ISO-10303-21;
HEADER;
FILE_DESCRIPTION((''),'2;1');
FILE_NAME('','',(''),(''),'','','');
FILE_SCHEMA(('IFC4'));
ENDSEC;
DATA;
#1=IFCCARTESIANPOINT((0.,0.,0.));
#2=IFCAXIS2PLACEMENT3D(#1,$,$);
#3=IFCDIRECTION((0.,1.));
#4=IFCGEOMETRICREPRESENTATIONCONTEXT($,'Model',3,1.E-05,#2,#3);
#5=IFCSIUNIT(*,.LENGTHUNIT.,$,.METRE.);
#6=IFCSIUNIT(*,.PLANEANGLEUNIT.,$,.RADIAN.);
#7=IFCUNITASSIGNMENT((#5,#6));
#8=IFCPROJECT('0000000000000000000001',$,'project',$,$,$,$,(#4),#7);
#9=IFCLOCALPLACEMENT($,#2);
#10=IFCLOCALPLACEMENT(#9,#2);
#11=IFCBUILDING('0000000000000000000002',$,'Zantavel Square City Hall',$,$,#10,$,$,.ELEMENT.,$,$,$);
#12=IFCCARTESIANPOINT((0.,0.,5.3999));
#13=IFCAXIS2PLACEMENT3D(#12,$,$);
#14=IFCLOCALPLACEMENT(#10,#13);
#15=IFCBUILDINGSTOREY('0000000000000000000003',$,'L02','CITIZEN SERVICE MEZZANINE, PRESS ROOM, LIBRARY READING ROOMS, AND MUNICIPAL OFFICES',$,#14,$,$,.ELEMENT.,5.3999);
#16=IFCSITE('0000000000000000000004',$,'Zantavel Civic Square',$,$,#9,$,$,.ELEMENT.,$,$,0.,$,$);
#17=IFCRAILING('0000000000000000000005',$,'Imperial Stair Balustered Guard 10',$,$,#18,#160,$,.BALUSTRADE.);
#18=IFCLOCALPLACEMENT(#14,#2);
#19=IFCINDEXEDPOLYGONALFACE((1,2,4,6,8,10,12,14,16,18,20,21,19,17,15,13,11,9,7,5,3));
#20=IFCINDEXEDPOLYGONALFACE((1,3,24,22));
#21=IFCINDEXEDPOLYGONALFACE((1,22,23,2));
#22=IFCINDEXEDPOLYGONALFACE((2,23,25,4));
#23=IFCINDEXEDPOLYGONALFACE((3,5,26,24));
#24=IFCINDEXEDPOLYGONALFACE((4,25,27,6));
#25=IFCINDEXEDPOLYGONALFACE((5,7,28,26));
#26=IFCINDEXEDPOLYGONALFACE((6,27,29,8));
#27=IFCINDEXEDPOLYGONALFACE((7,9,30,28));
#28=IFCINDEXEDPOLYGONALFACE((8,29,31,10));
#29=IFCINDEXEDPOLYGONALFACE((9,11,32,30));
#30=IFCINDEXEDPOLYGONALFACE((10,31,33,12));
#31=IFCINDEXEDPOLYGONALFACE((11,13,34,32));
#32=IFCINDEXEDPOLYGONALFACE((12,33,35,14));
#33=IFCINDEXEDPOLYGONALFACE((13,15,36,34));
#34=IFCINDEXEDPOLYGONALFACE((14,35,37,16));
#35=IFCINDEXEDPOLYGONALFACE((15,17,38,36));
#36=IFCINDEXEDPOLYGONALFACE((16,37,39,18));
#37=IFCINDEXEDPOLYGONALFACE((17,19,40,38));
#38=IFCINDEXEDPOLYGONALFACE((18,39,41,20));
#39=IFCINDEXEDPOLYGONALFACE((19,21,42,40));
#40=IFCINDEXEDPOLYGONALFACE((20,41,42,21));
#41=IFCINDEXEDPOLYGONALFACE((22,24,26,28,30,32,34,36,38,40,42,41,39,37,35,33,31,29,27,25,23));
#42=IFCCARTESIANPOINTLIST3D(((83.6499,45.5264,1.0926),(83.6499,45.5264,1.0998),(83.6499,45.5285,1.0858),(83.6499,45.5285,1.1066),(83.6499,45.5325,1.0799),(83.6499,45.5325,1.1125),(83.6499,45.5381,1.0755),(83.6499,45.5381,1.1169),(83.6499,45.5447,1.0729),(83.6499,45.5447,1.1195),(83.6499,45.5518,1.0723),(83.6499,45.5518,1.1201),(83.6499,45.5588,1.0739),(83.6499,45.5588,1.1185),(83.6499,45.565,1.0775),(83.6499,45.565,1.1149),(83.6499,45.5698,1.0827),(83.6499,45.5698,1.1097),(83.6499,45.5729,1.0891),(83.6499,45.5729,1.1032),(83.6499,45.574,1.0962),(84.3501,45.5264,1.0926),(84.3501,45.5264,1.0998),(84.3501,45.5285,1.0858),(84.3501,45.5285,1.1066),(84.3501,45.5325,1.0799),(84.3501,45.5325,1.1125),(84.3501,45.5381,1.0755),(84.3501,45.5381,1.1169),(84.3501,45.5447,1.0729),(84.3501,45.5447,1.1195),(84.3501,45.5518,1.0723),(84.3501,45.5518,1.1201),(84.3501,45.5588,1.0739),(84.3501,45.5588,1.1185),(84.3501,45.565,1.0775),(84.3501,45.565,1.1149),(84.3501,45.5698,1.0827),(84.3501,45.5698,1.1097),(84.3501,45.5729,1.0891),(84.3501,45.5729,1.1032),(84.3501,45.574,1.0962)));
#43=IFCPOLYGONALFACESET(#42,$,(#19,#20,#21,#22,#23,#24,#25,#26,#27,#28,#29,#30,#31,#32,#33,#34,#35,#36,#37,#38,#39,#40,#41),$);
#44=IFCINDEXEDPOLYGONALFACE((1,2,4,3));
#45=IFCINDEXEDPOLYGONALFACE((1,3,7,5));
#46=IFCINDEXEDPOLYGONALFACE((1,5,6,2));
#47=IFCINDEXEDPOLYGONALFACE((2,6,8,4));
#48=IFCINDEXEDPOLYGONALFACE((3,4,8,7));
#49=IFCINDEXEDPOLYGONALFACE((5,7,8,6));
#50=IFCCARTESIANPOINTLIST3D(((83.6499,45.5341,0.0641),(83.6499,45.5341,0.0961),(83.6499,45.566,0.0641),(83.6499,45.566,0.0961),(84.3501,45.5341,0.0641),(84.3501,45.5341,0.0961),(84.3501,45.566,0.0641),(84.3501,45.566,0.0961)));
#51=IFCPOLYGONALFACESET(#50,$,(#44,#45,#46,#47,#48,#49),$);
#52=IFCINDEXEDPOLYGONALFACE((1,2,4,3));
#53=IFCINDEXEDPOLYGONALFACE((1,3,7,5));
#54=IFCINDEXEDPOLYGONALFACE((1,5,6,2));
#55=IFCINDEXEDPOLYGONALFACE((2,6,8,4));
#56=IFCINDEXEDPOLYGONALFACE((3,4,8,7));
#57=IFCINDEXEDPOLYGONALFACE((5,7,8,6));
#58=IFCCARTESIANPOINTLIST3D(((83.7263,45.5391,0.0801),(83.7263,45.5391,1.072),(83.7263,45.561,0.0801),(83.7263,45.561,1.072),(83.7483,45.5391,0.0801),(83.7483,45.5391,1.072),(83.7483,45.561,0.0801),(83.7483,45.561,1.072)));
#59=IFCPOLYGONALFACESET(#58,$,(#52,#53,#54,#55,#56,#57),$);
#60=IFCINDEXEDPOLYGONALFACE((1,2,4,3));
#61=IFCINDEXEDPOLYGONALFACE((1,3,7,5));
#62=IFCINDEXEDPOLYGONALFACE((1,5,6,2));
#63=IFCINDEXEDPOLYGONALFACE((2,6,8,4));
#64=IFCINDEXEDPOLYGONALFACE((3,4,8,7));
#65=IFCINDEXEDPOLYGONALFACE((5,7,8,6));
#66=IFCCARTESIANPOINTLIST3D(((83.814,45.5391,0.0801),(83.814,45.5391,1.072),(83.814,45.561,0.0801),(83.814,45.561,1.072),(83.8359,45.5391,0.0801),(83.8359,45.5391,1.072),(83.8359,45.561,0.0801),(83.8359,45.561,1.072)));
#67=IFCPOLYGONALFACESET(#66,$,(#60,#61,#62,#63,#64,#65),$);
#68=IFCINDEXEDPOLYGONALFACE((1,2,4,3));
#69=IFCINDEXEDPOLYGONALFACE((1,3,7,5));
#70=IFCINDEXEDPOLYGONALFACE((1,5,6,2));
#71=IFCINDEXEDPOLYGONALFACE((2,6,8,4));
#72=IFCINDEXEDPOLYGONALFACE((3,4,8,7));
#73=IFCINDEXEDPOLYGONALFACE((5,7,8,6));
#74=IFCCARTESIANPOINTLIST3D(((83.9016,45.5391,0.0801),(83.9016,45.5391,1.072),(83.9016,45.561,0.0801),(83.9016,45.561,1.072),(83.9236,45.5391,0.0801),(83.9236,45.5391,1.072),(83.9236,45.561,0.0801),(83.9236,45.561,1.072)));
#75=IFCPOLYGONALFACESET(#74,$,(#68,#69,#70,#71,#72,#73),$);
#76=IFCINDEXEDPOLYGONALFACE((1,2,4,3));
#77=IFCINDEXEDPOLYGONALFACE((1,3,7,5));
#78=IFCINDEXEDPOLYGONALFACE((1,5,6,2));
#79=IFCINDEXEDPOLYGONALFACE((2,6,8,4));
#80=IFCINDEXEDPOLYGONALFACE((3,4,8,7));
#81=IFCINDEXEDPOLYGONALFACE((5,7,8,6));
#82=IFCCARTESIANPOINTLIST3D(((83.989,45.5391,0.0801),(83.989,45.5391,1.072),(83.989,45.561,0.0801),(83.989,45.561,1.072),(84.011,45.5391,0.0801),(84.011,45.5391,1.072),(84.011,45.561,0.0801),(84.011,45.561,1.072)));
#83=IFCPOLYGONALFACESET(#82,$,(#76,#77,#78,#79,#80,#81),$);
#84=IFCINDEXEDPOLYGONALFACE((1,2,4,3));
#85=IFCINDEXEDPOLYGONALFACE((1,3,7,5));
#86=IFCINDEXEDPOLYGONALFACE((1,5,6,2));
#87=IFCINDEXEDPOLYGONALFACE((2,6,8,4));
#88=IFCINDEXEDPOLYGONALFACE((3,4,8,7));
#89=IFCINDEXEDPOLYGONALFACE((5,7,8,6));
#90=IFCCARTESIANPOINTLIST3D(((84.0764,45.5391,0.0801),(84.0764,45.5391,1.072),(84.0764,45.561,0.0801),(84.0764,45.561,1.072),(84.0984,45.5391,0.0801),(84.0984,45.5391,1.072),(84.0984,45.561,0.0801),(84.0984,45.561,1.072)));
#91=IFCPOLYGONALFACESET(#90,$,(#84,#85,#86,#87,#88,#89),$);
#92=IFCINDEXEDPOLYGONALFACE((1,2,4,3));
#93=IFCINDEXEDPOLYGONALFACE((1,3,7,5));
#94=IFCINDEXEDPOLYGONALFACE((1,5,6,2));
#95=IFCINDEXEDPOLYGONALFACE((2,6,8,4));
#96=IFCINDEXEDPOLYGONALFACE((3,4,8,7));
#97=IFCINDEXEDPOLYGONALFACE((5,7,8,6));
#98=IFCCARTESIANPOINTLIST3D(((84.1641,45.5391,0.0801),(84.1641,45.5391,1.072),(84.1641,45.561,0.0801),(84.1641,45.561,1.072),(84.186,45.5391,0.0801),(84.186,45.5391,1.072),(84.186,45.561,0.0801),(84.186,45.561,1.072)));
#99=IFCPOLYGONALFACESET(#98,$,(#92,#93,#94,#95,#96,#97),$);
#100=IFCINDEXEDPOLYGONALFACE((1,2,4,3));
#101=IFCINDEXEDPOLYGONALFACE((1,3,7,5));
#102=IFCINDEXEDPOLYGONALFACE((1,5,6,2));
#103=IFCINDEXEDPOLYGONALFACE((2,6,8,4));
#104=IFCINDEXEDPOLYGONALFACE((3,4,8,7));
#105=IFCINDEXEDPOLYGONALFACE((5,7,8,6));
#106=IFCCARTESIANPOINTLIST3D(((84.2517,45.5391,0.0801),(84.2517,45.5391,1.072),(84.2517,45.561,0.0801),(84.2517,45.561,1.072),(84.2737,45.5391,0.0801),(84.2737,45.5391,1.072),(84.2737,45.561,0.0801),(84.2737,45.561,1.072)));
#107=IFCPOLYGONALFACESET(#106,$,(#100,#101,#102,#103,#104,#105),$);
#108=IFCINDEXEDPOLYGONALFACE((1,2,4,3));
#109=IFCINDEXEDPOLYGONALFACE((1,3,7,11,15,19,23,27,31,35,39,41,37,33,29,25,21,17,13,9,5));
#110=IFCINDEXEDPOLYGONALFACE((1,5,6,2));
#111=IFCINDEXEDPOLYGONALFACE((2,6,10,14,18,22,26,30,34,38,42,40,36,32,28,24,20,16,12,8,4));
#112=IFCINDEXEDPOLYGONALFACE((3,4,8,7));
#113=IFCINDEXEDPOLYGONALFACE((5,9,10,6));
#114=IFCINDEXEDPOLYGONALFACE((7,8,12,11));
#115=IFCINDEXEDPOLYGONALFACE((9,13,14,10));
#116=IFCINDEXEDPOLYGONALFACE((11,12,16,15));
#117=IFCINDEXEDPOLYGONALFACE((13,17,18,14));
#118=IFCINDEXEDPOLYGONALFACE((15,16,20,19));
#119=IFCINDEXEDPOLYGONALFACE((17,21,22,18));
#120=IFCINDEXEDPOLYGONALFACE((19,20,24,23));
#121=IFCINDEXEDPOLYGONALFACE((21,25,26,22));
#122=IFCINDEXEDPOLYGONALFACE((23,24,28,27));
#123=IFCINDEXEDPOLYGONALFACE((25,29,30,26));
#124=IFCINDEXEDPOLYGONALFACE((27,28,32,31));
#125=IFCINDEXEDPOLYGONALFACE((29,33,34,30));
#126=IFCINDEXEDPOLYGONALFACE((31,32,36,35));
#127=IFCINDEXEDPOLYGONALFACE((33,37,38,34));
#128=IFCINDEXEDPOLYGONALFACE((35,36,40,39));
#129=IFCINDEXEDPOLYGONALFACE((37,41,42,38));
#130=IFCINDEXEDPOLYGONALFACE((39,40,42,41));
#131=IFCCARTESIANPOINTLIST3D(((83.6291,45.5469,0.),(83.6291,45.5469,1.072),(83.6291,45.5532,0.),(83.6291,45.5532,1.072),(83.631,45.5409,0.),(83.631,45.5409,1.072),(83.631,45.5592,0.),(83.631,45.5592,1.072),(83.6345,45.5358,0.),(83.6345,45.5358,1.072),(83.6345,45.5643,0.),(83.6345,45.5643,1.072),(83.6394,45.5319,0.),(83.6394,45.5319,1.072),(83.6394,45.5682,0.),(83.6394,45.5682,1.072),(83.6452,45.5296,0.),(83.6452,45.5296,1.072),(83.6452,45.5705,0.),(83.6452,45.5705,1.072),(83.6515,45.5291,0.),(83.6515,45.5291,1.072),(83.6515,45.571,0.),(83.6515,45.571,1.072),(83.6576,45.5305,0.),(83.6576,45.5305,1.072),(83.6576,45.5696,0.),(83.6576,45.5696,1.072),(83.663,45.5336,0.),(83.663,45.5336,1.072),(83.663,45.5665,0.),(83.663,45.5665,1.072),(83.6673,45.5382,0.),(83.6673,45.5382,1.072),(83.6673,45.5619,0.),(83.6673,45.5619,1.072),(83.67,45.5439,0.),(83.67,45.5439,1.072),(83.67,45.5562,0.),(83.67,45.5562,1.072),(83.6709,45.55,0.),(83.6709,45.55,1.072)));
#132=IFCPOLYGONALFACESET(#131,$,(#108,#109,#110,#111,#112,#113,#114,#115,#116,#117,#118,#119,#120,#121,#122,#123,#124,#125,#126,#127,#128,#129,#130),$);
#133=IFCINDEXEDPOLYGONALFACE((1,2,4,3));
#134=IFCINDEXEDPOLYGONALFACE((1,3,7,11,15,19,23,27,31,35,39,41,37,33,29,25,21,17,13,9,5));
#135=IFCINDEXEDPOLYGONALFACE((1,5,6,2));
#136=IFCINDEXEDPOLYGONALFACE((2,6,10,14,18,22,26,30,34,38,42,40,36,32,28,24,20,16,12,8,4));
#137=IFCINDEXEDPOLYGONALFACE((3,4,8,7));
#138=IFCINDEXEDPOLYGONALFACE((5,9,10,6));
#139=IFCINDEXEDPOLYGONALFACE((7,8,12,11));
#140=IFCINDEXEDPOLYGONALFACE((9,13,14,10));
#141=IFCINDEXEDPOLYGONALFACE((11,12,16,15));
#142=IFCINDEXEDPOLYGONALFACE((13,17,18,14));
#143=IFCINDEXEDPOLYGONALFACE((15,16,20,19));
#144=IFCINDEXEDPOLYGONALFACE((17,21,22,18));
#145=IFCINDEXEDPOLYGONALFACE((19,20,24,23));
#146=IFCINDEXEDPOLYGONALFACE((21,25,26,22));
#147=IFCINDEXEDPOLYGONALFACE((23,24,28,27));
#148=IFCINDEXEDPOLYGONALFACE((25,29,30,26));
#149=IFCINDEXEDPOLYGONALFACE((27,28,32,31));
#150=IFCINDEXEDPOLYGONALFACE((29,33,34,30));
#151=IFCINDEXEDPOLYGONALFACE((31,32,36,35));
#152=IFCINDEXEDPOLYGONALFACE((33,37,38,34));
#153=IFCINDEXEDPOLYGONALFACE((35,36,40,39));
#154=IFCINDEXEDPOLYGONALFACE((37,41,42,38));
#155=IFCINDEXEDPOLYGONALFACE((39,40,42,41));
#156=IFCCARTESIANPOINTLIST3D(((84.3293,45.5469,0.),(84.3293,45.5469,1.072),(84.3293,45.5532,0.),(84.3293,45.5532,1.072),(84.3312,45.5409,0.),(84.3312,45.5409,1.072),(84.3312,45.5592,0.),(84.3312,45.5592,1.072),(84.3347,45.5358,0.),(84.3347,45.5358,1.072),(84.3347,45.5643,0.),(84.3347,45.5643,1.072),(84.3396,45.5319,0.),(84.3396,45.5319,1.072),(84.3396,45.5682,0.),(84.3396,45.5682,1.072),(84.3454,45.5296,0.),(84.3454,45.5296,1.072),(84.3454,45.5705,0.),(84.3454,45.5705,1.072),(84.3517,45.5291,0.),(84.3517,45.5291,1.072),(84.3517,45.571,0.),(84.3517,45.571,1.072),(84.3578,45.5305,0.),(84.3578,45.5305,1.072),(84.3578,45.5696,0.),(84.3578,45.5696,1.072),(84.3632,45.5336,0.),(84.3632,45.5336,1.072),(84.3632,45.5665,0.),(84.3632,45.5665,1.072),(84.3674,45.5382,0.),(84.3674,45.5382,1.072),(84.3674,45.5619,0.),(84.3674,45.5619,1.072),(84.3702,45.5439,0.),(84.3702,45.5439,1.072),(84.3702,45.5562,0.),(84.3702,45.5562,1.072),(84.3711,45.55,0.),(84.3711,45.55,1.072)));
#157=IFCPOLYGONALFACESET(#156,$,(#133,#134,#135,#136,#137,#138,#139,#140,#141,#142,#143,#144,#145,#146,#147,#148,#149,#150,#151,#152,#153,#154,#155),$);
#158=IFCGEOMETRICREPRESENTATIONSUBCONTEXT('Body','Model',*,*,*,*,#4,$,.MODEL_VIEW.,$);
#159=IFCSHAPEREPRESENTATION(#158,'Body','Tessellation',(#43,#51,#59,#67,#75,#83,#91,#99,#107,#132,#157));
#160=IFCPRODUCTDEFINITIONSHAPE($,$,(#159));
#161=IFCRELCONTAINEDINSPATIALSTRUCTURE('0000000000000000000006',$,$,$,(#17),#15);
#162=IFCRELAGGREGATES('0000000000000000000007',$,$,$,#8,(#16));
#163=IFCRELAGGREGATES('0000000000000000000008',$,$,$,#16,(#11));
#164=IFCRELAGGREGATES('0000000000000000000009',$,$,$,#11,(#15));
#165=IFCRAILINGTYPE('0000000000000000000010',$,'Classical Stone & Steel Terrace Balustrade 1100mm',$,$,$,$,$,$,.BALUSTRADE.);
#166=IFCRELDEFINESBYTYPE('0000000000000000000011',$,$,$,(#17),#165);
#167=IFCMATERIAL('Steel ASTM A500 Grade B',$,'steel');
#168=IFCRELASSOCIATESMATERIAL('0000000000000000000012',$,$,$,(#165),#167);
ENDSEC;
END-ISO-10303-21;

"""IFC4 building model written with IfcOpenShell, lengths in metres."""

from ifc_helpers import new_model, si_unit, direction, frame, origin, origin_2d, place, context, subcontext, project, spatial, rectangle, circle, extrude, material, type_object, element, save


model = new_model("IFC4")

# Units and contexts
model_context = context("Model", 3, precision=1e-05, world=origin(), true_north=direction((0.0, 1.0)))
body_context = subcontext(model_context, "Body", "Model", "MODEL_VIEW")
ifc_project = project(units=[si_unit("LENGTHUNIT", "METRE"), si_unit("PLANEANGLEUNIT", "RADIAN")], contexts=[model_context])

# Site, building, storey
site_placement = place(None, origin())
site = spatial("IfcSite", under=ifc_project, at=site_placement, Name="Zantavel Civic Square", CompositionType="ELEMENT", RefElevation=0.0)
building_placement = place(site_placement, origin())
building = spatial("IfcBuilding", under=site, at=building_placement, Name="Zantavel Square City Hall", CompositionType="ELEMENT")
storey_placement = place(building_placement, frame((0.0, 0.0, 5.3999)))
storey = spatial("IfcBuildingStorey", under=building, at=storey_placement, Name="L02", Description="CITIZEN SERVICE MEZZANINE, PRESS ROOM, LIBRARY READING ROOMS, AND MUNICIPAL OFFICES", CompositionType="ELEMENT", Elevation=5.3999)

# Railing
ifc_material_1 = material(Name="Steel ASTM A500 Grade B", Category="steel")
railing_type_1 = type_object("IfcRailingType", Name="Classical Stone & Steel Terrace Balustrade 1100mm", PredefinedType="BALUSTRADE", material=ifc_material_1)
railing_1_placement = place(storey_placement, frame((83.6499, 45.55, 0.0)))
element("IfcRailing", 1, at=railing_1_placement, inside=storey, type_object=railing_type_1, Name="Imperial Stair Balustered Guard 10", PredefinedType="BALUSTRADE", context=body_context, shape_type="SweptSolid", body=[
    extrude(circle(Radius=0.0239, at=origin_2d()), frame((0.0, 0.0, 1.0962), z_axis=(1.0, 0.0, 0.0), x_axis=(0.0, 1.0, 0.0)), (0.0, 0.0, 1.0), 0.7002),
    extrude(rectangle(XDim=0.032, YDim=0.032, at=origin_2d()), frame((0.0, 0.0, 0.0801), z_axis=(1.0, 0.0, 0.0), x_axis=(0.0, 1.0, 0.0)), (0.0, 0.0, 1.0), 0.7002),
    extrude(rectangle(XDim=0.022, YDim=0.022, at=origin_2d()), frame((0.0874, 0.0, 0.0801)), (0.0, 0.0, 1.0), 0.9919),
    extrude(rectangle(XDim=0.022, YDim=0.022, at=origin_2d()), frame((0.175, 0.0, 0.0801)), (0.0, 0.0, 1.0), 0.9919),
    extrude(rectangle(XDim=0.022, YDim=0.022, at=origin_2d()), frame((0.2627, 0.0, 0.0801)), (0.0, 0.0, 1.0), 0.9919),
    extrude(rectangle(XDim=0.022, YDim=0.022, at=origin_2d()), frame((0.3501, 0.0, 0.0801)), (0.0, 0.0, 1.0), 0.9919),
    extrude(rectangle(XDim=0.022, YDim=0.022, at=origin_2d()), frame((0.4375, 0.0, 0.0801)), (0.0, 0.0, 1.0), 0.9919),
    extrude(rectangle(XDim=0.022, YDim=0.022, at=origin_2d()), frame((0.5251, 0.0, 0.0801)), (0.0, 0.0, 1.0), 0.9919),
    extrude(rectangle(XDim=0.022, YDim=0.022, at=origin_2d()), frame((0.6128, 0.0, 0.0801)), (0.0, 0.0, 1.0), 0.9919),
    extrude(circle(Radius=0.021, at=origin_2d()), origin(), (0.0, 0.0, 1.0), 1.072),
    extrude(circle(Radius=0.021, at=origin_2d()), frame((0.7002, 0.0, 0.0)), (0.0, 0.0, 1.0), 1.072),
])

save(model, "model.ifc")
